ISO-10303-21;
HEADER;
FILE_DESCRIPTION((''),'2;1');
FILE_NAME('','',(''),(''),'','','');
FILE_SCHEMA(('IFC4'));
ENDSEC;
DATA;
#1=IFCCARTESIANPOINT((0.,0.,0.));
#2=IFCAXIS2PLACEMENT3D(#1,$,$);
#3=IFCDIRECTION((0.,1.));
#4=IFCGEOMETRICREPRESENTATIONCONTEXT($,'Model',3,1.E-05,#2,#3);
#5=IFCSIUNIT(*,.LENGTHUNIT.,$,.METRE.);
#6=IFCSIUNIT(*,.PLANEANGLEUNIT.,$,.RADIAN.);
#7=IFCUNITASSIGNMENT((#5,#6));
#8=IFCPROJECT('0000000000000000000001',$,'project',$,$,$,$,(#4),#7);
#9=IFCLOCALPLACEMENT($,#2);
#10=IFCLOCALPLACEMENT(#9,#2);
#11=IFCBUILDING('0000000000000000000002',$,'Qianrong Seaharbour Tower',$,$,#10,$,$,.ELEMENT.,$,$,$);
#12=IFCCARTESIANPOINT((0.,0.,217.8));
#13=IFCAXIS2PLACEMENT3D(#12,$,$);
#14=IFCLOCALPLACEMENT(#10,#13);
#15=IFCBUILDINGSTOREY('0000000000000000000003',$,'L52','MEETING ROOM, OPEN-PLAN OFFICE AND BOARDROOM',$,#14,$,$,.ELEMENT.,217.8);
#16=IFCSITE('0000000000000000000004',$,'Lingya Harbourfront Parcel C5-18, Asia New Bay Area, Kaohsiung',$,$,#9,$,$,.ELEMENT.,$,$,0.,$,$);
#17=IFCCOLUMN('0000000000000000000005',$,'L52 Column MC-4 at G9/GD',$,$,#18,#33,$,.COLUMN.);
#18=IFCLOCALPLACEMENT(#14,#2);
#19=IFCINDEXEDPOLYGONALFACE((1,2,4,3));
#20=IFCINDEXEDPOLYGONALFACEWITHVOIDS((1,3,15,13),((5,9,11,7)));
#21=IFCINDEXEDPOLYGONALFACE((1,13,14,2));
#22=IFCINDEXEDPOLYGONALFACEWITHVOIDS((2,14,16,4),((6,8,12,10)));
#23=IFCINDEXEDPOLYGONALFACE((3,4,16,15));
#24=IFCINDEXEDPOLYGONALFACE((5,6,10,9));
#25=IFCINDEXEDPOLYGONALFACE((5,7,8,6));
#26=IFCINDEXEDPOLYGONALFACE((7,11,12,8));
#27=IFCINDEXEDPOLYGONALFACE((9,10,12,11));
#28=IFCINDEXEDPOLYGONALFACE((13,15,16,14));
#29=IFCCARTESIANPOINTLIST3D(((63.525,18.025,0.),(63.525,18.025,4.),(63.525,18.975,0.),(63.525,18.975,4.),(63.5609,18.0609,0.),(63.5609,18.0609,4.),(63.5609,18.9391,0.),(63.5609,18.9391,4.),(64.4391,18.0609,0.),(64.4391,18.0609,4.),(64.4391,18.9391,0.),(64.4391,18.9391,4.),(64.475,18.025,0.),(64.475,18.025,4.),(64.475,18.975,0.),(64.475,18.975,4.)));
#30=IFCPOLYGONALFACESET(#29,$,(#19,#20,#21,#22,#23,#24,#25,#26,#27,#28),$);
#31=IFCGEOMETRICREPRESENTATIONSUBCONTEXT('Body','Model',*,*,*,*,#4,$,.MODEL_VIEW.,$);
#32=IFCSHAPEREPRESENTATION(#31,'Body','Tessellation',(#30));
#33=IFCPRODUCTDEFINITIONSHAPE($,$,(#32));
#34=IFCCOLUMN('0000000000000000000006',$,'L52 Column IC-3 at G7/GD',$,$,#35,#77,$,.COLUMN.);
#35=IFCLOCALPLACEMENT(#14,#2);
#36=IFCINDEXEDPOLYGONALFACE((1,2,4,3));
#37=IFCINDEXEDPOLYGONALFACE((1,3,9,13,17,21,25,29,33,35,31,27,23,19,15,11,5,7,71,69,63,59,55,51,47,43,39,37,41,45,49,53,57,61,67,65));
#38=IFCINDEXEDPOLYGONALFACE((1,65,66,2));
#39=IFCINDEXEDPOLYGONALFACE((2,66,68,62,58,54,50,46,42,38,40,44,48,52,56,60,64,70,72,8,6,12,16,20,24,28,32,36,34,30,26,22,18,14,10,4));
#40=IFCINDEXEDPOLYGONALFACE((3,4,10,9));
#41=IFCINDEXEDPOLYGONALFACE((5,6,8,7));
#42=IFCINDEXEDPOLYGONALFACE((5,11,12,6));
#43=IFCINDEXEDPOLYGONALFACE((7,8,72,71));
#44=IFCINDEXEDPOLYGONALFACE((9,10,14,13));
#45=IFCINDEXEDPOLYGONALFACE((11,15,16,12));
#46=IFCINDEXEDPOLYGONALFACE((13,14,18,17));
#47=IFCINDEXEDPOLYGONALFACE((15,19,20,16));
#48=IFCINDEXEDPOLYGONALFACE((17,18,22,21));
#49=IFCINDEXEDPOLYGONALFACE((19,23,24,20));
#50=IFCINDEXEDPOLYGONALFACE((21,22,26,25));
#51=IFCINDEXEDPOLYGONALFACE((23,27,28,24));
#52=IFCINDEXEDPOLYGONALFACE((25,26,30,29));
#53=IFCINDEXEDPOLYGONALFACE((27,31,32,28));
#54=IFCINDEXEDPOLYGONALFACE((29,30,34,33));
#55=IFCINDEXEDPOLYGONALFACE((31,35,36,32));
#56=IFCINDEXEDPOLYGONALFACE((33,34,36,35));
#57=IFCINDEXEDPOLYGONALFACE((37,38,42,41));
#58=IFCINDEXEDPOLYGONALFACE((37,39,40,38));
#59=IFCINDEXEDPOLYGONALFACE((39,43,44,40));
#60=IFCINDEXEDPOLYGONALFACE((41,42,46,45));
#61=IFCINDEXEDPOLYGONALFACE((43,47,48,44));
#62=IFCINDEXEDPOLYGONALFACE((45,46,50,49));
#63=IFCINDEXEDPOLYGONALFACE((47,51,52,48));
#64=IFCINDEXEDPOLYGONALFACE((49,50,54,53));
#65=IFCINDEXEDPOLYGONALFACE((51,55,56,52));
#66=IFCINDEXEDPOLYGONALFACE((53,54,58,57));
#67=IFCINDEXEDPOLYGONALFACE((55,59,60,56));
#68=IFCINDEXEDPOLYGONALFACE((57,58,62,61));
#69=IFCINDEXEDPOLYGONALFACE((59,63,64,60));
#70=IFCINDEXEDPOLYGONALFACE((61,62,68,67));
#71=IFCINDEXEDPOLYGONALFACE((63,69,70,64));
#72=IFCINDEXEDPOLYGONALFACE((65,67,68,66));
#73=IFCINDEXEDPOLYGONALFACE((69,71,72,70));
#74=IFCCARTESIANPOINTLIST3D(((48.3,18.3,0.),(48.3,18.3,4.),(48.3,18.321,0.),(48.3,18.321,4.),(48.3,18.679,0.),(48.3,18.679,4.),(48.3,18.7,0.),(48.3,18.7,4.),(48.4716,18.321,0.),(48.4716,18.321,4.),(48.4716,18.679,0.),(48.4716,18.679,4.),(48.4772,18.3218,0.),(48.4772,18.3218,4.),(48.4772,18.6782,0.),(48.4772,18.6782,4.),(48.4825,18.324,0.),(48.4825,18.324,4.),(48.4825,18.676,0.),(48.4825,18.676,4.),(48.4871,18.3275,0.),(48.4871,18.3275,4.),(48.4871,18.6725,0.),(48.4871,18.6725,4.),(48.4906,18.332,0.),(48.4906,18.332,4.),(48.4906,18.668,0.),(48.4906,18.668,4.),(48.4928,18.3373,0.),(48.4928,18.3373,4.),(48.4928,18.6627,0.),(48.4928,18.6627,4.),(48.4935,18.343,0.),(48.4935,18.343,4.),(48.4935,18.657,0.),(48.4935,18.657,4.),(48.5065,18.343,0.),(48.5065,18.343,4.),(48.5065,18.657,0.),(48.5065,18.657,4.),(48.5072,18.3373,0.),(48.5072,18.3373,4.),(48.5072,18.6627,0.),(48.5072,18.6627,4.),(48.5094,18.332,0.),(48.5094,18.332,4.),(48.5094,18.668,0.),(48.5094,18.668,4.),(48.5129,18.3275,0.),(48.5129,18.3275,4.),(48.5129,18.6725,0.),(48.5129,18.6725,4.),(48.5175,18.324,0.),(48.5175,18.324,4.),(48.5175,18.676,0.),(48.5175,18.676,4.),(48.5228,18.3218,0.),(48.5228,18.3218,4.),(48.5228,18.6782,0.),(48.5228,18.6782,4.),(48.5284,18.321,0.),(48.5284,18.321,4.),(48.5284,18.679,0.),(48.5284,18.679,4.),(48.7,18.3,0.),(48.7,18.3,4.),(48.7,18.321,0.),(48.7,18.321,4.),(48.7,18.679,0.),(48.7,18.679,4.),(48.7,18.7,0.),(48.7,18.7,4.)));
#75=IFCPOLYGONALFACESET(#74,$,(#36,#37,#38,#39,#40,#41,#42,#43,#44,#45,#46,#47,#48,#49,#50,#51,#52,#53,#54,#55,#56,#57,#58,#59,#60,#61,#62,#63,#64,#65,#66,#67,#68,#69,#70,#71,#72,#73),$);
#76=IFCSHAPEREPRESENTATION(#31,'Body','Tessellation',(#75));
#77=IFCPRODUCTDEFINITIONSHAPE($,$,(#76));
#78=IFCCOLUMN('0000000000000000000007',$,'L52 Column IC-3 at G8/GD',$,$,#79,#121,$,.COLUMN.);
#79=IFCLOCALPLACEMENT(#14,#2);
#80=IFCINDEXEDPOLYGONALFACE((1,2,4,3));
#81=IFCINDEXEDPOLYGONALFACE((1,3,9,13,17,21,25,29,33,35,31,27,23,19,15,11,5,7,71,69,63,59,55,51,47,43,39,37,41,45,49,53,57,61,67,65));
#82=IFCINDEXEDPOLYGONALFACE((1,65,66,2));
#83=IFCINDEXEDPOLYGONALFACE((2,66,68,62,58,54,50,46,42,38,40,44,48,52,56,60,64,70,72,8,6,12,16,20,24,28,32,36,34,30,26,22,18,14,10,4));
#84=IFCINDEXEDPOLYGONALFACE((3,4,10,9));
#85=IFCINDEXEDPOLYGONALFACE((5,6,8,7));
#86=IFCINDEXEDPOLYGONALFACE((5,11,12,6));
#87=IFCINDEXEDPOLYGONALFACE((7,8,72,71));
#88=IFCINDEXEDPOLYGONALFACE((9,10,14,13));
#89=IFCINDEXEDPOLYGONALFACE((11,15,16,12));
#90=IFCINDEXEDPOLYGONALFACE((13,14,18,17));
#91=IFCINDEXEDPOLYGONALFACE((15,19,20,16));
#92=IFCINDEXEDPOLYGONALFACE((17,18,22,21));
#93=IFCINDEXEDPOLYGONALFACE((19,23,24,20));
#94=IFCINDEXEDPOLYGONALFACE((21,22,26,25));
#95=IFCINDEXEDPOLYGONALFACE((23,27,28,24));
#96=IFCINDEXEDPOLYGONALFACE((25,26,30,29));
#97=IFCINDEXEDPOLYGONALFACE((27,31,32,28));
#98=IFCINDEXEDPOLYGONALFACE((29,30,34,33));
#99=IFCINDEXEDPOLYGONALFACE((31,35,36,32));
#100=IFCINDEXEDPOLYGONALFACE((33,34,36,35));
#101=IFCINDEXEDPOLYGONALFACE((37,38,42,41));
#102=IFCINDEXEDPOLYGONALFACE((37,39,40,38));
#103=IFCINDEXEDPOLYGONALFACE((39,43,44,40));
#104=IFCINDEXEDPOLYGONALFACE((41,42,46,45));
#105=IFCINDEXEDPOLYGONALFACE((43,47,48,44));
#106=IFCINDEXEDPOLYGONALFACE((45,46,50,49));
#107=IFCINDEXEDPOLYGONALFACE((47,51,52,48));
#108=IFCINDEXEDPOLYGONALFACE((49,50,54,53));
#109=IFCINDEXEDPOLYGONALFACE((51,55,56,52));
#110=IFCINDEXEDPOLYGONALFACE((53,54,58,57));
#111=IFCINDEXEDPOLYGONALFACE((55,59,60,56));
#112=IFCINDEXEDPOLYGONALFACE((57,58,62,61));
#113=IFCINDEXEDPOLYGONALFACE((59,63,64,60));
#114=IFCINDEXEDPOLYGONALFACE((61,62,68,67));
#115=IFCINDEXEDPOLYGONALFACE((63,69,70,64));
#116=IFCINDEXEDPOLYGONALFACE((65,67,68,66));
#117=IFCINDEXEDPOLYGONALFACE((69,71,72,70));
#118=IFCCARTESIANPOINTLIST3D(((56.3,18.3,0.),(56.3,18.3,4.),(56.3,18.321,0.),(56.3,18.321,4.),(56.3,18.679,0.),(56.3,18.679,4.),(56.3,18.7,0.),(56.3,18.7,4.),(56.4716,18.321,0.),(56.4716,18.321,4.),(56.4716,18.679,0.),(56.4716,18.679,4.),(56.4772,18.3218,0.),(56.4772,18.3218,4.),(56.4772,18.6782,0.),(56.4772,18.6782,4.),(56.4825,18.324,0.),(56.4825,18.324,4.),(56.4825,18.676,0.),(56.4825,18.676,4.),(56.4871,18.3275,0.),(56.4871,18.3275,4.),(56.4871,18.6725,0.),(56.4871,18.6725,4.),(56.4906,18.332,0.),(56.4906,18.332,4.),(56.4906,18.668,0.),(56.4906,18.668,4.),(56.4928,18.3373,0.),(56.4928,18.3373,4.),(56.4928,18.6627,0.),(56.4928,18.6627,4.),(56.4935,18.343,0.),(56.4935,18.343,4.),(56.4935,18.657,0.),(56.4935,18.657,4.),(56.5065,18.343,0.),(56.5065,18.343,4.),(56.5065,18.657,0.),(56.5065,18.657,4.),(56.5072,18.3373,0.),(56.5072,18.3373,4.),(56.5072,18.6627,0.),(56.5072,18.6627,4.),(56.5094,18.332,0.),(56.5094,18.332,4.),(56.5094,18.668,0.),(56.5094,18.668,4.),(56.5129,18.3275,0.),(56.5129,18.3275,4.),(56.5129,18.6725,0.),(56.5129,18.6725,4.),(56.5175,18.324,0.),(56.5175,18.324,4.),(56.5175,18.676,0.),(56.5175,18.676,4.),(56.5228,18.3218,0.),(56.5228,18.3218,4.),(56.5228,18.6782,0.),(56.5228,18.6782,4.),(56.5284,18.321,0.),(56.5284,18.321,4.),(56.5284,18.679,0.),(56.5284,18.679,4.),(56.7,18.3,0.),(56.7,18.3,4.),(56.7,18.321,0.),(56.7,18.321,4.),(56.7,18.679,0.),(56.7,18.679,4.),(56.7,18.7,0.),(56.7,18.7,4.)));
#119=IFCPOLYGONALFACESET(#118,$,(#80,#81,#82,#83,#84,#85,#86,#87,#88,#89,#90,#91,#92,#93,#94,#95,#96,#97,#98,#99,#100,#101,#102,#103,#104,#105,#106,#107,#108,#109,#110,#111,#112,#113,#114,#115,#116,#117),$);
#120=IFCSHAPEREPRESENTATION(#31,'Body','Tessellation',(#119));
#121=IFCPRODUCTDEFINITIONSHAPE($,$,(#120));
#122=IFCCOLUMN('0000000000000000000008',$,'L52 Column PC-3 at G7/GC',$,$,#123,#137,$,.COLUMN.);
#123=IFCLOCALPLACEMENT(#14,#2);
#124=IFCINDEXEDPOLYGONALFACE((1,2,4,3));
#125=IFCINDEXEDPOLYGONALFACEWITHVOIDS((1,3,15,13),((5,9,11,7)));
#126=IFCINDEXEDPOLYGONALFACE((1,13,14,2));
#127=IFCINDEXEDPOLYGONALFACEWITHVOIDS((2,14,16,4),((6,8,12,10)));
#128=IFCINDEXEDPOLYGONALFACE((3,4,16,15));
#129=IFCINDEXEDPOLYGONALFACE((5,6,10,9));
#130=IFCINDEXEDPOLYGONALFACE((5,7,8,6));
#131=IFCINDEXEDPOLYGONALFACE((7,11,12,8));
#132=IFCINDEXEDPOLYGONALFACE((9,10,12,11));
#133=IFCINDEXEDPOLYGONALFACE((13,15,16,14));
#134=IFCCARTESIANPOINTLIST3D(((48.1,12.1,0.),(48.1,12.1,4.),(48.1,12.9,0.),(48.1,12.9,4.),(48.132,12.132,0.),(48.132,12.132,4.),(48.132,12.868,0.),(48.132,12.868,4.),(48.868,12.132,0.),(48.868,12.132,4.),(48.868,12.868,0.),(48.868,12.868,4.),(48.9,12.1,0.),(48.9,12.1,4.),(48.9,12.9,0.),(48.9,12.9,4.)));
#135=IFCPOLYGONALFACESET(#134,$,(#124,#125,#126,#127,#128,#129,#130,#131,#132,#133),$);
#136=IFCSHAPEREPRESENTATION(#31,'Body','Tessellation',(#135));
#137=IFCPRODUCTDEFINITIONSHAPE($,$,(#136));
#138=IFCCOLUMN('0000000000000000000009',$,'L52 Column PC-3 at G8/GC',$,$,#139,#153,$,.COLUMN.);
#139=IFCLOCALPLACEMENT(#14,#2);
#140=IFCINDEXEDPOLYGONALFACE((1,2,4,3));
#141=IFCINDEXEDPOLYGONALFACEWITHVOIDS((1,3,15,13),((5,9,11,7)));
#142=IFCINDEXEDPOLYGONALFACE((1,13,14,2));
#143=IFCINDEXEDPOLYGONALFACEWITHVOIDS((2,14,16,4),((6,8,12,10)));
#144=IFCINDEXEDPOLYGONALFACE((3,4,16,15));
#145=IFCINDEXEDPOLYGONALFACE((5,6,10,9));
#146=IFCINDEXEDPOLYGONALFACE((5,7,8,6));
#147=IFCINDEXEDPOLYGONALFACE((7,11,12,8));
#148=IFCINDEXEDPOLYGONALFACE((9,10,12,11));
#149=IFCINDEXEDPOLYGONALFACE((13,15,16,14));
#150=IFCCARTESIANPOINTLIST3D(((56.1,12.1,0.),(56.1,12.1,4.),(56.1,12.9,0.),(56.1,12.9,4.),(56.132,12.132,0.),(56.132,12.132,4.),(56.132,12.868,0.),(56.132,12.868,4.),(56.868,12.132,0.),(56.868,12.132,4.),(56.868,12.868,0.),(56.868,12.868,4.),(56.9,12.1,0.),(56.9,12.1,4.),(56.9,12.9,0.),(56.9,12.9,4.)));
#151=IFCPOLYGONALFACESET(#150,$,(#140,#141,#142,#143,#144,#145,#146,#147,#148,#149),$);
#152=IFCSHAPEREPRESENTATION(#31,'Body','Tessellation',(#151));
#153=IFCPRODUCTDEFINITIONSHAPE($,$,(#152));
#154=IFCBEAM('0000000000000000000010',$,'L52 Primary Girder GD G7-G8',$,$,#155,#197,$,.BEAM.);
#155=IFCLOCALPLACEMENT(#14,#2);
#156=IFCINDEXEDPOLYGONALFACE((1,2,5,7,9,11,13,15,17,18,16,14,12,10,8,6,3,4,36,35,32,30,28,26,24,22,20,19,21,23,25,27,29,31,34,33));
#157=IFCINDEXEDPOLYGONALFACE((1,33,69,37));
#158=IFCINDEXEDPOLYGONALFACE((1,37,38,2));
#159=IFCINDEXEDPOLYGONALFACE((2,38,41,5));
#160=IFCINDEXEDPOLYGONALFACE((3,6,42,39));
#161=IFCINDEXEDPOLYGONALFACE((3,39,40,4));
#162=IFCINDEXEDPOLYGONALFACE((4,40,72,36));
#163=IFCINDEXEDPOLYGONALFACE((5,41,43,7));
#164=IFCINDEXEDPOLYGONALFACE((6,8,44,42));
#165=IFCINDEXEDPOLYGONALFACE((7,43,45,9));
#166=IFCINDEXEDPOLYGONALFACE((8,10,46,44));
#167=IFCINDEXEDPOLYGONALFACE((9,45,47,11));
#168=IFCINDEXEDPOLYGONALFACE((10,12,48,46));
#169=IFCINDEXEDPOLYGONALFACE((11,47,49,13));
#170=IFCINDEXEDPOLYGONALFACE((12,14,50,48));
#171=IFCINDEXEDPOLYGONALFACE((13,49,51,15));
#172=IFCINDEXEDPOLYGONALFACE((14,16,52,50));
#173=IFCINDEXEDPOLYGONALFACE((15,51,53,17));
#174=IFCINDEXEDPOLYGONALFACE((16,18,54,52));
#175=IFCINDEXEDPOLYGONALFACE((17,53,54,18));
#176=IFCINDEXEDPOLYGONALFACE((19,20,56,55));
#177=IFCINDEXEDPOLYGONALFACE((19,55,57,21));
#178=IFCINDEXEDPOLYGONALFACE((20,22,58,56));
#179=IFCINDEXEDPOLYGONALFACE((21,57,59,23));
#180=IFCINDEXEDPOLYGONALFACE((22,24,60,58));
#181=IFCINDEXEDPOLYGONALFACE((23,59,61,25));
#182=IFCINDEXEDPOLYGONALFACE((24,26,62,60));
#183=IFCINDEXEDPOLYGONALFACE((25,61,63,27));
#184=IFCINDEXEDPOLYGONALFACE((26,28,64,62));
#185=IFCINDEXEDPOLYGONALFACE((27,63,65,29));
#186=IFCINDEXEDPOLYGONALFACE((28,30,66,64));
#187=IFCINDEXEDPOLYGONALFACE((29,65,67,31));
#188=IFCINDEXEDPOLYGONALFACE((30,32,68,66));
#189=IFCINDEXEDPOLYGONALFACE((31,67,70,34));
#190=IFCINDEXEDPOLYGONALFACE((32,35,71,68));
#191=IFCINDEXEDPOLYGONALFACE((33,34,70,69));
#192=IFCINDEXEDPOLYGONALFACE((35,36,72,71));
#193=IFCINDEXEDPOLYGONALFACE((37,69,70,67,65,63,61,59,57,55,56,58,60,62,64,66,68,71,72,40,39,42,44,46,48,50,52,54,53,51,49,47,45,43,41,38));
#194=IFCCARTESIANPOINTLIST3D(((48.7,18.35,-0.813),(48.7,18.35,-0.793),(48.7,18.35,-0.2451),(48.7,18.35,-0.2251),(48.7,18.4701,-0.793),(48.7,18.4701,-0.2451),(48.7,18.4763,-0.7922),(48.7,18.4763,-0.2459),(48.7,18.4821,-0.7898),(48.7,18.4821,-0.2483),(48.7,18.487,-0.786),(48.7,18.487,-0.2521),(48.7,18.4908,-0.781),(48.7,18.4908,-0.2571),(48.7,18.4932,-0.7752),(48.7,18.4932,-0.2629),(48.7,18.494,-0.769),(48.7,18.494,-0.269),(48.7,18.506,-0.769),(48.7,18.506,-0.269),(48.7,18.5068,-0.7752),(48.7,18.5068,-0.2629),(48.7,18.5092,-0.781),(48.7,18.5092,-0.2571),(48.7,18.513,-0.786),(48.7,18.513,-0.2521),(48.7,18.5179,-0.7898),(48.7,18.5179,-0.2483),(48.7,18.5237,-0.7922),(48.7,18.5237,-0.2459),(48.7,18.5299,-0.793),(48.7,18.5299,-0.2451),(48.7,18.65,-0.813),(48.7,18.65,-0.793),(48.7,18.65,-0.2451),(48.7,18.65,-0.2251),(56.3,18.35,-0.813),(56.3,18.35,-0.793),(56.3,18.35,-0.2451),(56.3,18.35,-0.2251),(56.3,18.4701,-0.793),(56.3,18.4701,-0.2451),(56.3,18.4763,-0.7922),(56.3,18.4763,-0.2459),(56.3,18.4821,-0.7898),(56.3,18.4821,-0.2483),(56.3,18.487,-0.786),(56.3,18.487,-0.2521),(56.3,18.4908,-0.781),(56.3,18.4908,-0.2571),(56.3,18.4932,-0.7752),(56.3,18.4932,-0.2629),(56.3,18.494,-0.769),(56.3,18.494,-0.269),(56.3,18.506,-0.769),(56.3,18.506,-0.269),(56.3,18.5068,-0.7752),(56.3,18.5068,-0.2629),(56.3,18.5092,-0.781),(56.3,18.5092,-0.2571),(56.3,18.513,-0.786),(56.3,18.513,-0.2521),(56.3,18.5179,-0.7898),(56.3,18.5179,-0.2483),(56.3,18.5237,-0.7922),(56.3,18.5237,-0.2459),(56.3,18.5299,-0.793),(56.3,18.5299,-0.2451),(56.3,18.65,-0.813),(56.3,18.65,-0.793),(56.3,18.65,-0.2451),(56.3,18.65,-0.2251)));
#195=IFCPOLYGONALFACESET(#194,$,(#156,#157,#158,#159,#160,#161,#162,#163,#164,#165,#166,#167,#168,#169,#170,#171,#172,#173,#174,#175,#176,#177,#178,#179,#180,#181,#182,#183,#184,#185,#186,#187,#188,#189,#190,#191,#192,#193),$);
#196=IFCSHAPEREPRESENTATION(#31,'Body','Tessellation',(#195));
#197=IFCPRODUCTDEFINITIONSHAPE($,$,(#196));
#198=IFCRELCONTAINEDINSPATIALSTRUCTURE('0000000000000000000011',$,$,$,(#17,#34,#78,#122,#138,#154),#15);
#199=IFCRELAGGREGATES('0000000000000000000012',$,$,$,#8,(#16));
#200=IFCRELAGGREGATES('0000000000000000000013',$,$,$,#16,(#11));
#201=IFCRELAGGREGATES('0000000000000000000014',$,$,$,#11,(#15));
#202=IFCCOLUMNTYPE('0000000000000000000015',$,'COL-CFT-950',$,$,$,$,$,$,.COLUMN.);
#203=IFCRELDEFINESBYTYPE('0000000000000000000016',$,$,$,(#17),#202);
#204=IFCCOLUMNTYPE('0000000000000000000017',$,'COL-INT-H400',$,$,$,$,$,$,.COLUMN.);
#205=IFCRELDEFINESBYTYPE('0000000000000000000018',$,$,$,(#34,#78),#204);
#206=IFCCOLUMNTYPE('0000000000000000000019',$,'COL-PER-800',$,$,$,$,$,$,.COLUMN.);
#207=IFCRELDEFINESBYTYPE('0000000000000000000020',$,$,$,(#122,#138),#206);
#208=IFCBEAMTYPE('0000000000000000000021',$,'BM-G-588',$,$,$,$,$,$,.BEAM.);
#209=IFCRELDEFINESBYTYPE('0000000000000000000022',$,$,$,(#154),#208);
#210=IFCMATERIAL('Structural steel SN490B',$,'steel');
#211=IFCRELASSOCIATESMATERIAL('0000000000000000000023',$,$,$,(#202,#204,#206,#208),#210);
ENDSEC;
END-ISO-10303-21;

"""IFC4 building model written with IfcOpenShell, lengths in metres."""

from ifc_helpers import new_model, si_unit, direction, frame, origin, origin_2d, place, context, subcontext, project, spatial, hollow_rectangle, i_section, extrude, material, material_profile, profile_set, type_object, element, save


model = new_model("IFC4")

# Units and contexts
model_context = context("Model", 3, precision=1e-05, world=origin(), true_north=direction((0.0, 1.0)))
body_context = subcontext(model_context, "Body", "Model", "MODEL_VIEW")
ifc_project = project(units=[si_unit("LENGTHUNIT", "METRE"), si_unit("PLANEANGLEUNIT", "RADIAN")], contexts=[model_context])

# Site, building, storey
site_placement = place(None, origin())
site = spatial("IfcSite", under=ifc_project, at=site_placement, Name="Lingya Harbourfront Parcel C5-18, Asia New Bay Area, Kaohsiung", CompositionType="ELEMENT", RefElevation=0.0)
building_placement = place(site_placement, origin())
building = spatial("IfcBuilding", under=site, at=building_placement, Name="Qianrong Seaharbour Tower", CompositionType="ELEMENT")
storey_placement = place(building_placement, frame((0.0, 0.0, 217.8)))
storey = spatial("IfcBuildingStorey", under=building, at=storey_placement, Name="L52", Description="MEETING ROOM, OPEN-PLAN OFFICE AND BOARDROOM", CompositionType="ELEMENT", Elevation=217.8)

# Columns
ifc_material_1 = material(Name="Structural steel SN490B", Category="steel")
ifc_material_profile_1 = material_profile(ifc_material_1, hollow_rectangle(XDim=0.95, YDim=0.95, WallThickness=0.0359, at=origin_2d()), Name="BOX950x950x36")
ifc_profile_set_1 = profile_set([ifc_material_profile_1], Name="Structural steel SN490B")
column_type_1 = type_object("IfcColumnType", Name="COL-CFT-950", PredefinedType="COLUMN", material=ifc_profile_set_1)
column_placement = place(storey_placement, frame((64.0, 18.5, 0.0), z_axis=(0.0, 0.0, 1.0), x_axis=(1.0, 0.0, 0.0)))
element("IfcColumn", 1, at=column_placement, inside=storey, type_object=column_type_1, Name="L52 Column MC-4 at G9/GD", PredefinedType="COLUMN", context=body_context, shape_type="SweptSolid", body=[
    extrude(hollow_rectangle(XDim=0.95, YDim=0.95, WallThickness=0.0359, at=origin_2d()), origin(), (0.0, 0.0, 1.0), 4.0),
])
ifc_material_profile_2 = material_profile(ifc_material_1, i_section(OverallWidth=0.3999, OverallDepth=0.3999, WebThickness=0.0129, FlangeThickness=0.021, FilletRadius=0.022, at=origin_2d()), Name="H400x400x13x21")
ifc_profile_set_2 = profile_set([ifc_material_profile_2], Name="Structural steel SN490B")
column_type_2 = type_object("IfcColumnType", Name="COL-INT-H400", PredefinedType="COLUMN", material=ifc_profile_set_2)
for number, where, z_axis, x_axis, name in (
    (2, (48.5, 18.5, 0.0), (0.0, 0.0, 1.0), (1.0, 0.0, 0.0), "L52 Column IC-3 at G7/GD"),
    (3, (56.5, 18.5, 0.0), (0.0, 0.0, 1.0), (1.0, 0.0, 0.0), "L52 Column IC-3 at G8/GD"),
):
    element("IfcColumn", number, at=place(storey_placement, frame(where, z_axis=z_axis, x_axis=x_axis)), inside=storey, type_object=column_type_2, Name=name, PredefinedType="COLUMN", context=body_context, shape_type="SweptSolid", body=[
        extrude(i_section(OverallWidth=0.3999, OverallDepth=0.3999, WebThickness=0.0129, FlangeThickness=0.021, FilletRadius=0.022, at=origin_2d()), origin(), (0.0, 0.0, 1.0), 4.0),
    ])
ifc_material_profile_3 = material_profile(ifc_material_1, hollow_rectangle(XDim=0.8, YDim=0.8, WallThickness=0.032, at=origin_2d()), Name="BOX800x800x32")
ifc_profile_set_3 = profile_set([ifc_material_profile_3], Name="Structural steel SN490B")
column_type_3 = type_object("IfcColumnType", Name="COL-PER-800", PredefinedType="COLUMN", material=ifc_profile_set_3)
for number, where, z_axis, x_axis, name in (
    (4, (48.5, 12.5, 0.0), (0.0, 0.0, 1.0), (1.0, 0.0, 0.0), "L52 Column PC-3 at G7/GC"),
    (5, (56.5, 12.5, 0.0), (0.0, 0.0, 1.0), (1.0, 0.0, 0.0), "L52 Column PC-3 at G8/GC"),
):
    element("IfcColumn", number, at=place(storey_placement, frame(where, z_axis=z_axis, x_axis=x_axis)), inside=storey, type_object=column_type_3, Name=name, PredefinedType="COLUMN", context=body_context, shape_type="SweptSolid", body=[
        extrude(hollow_rectangle(XDim=0.8, YDim=0.8, WallThickness=0.032, at=origin_2d()), origin(), (0.0, 0.0, 1.0), 4.0),
    ])

# Beam
ifc_material_profile_4 = material_profile(ifc_material_1, i_section(OverallWidth=0.3, OverallDepth=0.5879, WebThickness=0.012, FlangeThickness=0.02, FilletRadius=0.0239, at=origin_2d()), Name="H588x300x12x20")
ifc_profile_set_4 = profile_set([ifc_material_profile_4], Name="Structural steel SN490B")
beam_type_1 = type_object("IfcBeamType", Name="BM-G-588", PredefinedType="BEAM", material=ifc_profile_set_4)
beam_1_placement = place(storey_placement, frame((48.7, 18.5, -0.519), z_axis=(1.0, 0.0, 0.0), x_axis=(0.0, 1.0, 0.0)))
element("IfcBeam", 6, at=beam_1_placement, inside=storey, type_object=beam_type_1, Name="L52 Primary Girder GD G7-G8", PredefinedType="BEAM", context=body_context, shape_type="SweptSolid", body=[
    extrude(i_section(OverallWidth=0.3, OverallDepth=0.5879, WebThickness=0.012, FlangeThickness=0.02, FilletRadius=0.0239, at=origin_2d()), origin(), (0.0, 0.0, 1.0), 7.6001),
])

save(model, "model.ifc")
